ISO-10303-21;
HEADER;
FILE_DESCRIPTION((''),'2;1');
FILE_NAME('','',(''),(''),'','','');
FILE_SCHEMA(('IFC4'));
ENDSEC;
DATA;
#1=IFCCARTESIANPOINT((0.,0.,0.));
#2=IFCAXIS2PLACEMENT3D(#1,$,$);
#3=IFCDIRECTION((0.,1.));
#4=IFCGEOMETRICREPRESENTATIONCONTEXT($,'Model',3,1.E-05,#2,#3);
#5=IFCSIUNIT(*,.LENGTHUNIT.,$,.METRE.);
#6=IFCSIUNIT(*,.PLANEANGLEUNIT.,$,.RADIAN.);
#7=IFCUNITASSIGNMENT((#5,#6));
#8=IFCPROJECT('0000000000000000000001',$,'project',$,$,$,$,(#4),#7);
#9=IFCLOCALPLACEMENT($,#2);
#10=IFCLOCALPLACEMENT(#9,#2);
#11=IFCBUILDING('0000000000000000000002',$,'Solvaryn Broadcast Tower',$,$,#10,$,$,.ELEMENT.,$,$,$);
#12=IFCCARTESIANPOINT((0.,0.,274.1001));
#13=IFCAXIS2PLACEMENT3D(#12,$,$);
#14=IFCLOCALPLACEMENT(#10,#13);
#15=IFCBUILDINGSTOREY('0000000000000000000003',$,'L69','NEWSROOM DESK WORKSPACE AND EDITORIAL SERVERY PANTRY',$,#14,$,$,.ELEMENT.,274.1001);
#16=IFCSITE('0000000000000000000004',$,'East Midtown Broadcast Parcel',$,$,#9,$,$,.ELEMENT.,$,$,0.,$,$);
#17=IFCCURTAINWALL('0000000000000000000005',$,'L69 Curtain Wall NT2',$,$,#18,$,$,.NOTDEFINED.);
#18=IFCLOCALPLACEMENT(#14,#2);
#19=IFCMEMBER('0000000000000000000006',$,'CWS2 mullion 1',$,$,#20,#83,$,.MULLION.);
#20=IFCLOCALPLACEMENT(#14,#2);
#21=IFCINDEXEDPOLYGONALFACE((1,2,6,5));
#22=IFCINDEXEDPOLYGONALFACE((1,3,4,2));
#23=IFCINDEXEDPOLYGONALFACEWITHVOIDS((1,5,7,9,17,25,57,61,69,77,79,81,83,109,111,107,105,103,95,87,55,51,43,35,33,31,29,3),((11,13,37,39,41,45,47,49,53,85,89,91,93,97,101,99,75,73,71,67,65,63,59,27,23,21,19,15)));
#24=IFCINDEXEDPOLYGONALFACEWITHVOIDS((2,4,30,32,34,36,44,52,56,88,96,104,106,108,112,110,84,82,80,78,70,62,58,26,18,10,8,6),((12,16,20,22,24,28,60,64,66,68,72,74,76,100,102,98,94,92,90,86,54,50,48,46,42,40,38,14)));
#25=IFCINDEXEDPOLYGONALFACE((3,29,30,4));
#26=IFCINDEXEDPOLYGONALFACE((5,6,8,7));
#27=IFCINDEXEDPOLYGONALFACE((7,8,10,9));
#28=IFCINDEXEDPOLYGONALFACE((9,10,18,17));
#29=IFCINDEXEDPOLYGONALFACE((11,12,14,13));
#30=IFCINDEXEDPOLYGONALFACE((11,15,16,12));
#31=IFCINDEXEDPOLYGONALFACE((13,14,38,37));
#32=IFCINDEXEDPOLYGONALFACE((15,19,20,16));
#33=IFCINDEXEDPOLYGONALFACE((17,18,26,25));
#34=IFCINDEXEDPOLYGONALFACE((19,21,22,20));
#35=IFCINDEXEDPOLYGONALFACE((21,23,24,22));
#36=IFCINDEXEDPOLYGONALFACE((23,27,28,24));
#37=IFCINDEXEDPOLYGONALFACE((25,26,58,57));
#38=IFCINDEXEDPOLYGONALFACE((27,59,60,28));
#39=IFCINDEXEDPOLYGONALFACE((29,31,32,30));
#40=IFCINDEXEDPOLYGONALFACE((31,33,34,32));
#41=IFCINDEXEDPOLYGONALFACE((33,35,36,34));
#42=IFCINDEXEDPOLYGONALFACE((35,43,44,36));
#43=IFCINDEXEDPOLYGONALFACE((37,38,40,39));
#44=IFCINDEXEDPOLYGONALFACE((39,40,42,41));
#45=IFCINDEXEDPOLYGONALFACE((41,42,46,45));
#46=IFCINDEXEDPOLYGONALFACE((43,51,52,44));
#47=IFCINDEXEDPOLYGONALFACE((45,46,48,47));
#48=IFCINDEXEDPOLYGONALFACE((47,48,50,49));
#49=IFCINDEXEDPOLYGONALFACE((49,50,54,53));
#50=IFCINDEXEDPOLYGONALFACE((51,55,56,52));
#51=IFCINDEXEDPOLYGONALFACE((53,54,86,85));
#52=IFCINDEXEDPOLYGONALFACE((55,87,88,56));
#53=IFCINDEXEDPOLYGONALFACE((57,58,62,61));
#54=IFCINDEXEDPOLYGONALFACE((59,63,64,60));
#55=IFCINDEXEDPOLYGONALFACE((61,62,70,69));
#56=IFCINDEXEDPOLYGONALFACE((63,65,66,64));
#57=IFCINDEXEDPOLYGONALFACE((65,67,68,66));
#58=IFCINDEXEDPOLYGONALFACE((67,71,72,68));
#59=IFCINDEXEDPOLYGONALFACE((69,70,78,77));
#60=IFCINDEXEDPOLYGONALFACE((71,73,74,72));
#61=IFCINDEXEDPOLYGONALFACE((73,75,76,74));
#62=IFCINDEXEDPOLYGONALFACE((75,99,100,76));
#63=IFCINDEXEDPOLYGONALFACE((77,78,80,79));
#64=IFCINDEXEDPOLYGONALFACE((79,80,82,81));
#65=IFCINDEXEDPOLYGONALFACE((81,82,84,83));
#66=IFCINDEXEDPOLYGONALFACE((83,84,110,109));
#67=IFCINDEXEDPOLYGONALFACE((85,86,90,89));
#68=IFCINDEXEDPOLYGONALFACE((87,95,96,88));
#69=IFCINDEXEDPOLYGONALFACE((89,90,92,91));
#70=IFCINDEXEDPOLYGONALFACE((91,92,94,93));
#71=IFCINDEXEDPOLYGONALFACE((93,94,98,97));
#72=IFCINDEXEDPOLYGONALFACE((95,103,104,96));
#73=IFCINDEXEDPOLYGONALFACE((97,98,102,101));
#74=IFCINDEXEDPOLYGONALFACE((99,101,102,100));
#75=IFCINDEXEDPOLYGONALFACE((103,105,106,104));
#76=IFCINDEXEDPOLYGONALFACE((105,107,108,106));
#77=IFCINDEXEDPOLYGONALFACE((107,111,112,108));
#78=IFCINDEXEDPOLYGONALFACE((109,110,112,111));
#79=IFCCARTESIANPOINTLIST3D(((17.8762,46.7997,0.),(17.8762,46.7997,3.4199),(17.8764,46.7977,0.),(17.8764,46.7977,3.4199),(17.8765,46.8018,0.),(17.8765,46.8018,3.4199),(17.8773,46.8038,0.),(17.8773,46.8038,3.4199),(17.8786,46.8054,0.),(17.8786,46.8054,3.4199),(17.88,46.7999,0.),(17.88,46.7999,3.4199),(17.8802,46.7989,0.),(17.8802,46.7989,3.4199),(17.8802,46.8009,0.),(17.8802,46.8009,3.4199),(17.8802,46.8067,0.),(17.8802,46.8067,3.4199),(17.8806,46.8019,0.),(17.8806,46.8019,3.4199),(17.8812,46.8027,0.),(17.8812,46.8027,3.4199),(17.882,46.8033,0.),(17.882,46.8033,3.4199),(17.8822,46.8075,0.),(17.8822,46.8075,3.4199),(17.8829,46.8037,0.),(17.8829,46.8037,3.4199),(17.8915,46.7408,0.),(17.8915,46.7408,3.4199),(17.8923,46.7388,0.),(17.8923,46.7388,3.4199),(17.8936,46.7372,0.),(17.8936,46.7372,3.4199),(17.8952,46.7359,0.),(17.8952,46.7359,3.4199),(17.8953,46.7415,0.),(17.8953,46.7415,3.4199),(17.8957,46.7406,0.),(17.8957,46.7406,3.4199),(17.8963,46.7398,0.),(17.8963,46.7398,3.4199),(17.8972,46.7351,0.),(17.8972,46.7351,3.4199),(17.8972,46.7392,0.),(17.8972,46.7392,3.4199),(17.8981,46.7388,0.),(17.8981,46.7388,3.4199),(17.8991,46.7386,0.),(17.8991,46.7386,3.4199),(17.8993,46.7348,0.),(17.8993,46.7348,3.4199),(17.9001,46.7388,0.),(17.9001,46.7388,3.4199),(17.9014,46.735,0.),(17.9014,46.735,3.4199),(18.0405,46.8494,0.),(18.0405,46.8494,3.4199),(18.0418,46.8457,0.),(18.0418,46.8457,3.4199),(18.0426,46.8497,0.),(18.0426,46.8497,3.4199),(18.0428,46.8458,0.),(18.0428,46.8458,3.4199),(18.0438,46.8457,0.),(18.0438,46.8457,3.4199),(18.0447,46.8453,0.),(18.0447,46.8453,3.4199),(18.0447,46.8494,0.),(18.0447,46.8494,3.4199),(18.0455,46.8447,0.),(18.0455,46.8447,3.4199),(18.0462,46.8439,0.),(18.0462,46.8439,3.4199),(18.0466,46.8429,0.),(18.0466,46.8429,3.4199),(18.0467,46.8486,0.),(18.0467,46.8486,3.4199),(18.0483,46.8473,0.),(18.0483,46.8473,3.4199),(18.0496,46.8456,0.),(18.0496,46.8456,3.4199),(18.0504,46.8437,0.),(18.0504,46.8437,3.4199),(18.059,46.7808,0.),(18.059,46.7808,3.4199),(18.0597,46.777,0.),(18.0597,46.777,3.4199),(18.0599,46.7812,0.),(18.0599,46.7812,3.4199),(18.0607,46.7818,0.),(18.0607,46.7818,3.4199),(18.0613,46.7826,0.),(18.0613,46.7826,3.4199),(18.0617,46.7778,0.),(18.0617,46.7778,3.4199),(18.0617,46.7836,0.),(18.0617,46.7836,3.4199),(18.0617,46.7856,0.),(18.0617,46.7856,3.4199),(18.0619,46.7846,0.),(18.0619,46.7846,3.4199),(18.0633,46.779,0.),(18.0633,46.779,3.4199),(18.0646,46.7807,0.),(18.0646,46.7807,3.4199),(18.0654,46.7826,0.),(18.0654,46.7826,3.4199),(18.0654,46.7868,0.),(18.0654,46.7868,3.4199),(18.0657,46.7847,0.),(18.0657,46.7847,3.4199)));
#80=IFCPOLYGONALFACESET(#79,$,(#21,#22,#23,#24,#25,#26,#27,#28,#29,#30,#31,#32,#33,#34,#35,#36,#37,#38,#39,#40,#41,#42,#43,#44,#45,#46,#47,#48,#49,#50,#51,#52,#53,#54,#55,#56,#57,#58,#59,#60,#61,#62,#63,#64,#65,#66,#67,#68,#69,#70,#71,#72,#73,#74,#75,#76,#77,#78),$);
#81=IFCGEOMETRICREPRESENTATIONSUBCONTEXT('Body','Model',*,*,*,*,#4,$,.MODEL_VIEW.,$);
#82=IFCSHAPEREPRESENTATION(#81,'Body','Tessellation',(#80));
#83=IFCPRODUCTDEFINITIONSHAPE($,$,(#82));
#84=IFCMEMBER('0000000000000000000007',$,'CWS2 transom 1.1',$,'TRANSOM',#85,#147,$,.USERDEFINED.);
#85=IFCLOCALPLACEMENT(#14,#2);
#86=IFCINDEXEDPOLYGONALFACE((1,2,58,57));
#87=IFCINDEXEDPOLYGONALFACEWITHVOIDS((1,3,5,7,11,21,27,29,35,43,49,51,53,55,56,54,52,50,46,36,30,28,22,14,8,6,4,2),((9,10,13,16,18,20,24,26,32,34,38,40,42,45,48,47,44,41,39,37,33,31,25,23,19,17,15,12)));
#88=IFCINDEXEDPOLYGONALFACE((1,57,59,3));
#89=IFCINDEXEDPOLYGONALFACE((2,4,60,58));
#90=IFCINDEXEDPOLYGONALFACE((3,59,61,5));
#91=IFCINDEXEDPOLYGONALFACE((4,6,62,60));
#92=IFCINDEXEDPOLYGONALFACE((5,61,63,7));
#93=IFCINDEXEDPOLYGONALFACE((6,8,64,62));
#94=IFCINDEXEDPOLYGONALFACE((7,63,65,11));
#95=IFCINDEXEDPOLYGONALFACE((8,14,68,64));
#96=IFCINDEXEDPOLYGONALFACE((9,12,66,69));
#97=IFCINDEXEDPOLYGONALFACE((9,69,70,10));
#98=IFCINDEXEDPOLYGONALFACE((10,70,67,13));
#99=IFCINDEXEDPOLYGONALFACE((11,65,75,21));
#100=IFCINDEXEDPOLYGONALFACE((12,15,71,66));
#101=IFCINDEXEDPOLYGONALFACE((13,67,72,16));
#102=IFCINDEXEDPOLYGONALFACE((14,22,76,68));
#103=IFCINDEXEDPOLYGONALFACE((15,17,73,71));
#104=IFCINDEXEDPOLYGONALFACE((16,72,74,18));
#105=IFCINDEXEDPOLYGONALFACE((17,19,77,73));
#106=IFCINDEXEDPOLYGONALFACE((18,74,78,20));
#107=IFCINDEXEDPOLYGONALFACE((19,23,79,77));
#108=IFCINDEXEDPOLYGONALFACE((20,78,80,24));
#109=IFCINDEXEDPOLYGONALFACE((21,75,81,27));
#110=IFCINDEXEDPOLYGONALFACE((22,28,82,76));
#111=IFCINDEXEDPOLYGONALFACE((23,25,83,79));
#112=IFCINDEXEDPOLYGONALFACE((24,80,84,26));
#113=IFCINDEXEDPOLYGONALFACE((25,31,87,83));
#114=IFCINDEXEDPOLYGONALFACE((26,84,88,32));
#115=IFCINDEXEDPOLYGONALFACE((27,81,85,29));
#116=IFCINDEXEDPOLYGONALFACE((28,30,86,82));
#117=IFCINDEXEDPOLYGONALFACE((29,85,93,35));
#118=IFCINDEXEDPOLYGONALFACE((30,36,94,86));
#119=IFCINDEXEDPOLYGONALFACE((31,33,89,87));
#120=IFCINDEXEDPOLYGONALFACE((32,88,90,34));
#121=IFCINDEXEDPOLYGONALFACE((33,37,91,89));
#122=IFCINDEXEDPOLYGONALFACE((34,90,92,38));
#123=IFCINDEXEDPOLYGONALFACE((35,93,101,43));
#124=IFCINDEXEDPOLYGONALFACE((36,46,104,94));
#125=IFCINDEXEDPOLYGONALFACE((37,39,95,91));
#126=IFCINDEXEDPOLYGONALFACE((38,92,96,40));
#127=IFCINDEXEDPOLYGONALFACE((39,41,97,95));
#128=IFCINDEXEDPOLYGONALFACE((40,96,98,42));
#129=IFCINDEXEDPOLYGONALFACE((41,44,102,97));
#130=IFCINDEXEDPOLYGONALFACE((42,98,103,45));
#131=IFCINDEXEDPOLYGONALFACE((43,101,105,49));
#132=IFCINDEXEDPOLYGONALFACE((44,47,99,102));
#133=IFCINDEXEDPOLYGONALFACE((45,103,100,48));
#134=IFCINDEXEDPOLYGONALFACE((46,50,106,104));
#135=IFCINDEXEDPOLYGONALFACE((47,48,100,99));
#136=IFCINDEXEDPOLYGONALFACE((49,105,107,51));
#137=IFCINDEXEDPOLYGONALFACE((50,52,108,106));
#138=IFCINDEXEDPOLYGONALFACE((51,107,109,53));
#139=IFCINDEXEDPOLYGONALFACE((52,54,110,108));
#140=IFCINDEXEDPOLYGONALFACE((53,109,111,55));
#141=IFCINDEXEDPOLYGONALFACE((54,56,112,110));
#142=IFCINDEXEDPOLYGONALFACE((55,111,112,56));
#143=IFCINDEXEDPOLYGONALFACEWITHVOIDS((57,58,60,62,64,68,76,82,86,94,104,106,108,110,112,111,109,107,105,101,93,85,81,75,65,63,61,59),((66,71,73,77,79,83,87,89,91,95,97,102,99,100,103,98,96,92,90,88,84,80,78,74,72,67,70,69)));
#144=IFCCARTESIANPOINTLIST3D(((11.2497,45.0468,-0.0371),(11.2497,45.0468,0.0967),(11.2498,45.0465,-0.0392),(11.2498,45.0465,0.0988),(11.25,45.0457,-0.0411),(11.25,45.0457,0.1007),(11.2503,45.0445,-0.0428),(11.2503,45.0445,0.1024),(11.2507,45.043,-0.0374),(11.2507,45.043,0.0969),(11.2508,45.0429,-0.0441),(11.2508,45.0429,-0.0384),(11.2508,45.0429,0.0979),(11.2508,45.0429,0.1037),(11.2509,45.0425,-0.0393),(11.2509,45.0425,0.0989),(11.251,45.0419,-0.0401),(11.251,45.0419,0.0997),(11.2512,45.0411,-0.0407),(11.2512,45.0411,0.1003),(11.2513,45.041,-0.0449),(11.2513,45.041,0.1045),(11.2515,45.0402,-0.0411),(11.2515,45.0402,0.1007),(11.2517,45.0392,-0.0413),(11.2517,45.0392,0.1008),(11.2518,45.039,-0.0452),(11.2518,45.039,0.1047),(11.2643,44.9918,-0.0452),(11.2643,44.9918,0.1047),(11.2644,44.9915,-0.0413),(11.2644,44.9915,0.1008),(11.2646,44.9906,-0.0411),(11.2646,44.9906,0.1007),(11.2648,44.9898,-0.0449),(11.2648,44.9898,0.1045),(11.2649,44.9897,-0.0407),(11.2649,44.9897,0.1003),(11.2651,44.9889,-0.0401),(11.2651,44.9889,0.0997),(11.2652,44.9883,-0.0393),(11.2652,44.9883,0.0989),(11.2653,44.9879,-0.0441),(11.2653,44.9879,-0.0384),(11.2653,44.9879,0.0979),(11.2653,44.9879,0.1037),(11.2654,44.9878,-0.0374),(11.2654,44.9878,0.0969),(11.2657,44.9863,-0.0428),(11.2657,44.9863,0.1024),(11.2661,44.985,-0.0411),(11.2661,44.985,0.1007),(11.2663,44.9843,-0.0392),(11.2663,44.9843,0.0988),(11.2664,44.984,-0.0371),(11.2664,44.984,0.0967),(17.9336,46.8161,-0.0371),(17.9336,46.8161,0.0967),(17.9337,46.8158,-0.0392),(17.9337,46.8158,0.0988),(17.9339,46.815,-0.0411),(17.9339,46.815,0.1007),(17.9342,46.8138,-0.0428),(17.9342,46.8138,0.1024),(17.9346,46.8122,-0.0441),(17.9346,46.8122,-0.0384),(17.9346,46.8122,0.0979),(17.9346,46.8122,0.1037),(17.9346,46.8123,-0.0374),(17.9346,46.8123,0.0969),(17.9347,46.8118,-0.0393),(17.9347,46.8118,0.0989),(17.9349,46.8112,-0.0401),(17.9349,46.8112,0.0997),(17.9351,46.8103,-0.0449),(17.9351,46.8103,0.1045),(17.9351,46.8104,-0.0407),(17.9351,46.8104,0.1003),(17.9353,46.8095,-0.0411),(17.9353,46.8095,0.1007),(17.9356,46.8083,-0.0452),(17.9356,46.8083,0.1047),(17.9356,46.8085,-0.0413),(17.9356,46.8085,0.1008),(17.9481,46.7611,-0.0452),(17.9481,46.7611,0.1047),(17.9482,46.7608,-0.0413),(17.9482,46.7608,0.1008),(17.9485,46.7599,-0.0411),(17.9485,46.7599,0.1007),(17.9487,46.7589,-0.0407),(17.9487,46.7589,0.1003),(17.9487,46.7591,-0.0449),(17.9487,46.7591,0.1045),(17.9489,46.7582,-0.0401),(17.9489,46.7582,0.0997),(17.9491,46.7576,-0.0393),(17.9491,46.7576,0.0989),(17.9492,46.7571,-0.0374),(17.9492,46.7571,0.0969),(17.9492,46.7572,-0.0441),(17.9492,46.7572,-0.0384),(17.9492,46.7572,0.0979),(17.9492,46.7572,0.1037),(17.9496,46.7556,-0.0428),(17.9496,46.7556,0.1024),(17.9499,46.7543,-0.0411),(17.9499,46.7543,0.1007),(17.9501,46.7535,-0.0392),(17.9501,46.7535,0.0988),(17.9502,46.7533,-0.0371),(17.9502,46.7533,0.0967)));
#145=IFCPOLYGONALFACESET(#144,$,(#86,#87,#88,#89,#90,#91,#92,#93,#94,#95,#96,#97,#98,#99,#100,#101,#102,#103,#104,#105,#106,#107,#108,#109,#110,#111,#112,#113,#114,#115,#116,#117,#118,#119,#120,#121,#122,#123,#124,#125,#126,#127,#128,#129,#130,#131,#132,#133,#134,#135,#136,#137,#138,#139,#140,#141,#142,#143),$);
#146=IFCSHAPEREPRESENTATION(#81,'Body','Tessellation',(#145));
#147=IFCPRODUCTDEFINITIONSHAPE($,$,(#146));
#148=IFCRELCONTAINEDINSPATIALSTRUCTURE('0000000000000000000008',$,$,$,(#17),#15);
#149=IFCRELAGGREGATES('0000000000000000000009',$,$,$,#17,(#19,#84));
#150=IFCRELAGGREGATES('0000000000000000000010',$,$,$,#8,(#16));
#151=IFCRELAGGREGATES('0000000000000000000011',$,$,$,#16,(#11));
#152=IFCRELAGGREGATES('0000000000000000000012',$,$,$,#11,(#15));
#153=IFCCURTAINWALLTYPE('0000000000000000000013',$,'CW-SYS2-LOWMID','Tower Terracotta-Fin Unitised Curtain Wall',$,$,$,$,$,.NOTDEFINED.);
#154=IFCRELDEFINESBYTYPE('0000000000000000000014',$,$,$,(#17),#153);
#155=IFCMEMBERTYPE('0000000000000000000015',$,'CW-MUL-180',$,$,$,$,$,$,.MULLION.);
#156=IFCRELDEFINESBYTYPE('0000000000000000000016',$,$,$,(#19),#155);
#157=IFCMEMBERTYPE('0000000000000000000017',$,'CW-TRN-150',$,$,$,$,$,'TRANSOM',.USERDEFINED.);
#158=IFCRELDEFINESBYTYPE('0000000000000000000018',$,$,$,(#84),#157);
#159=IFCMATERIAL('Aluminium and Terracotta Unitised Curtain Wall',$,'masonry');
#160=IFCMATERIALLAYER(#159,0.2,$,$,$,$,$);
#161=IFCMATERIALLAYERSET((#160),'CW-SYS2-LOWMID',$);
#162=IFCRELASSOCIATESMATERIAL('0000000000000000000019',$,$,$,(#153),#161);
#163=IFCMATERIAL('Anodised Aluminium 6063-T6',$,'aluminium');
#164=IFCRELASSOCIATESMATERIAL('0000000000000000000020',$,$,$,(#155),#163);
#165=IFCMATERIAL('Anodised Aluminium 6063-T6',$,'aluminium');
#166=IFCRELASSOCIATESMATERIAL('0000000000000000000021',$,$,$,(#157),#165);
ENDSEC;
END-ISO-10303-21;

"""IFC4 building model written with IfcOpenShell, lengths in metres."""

from ifc_helpers import new_model, si_unit, direction, frame, origin, origin_2d, place, context, subcontext, project, spatial, hollow_rectangle, extrude, material, layer, layer_set, material_profile, profile_set, type_object, element, aggregate, save


model = new_model("IFC4")

# Units and contexts
model_context = context("Model", 3, precision=1e-05, world=origin(), true_north=direction((0.0, 1.0)))
body_context = subcontext(model_context, "Body", "Model", "MODEL_VIEW")
ifc_project = project(units=[si_unit("LENGTHUNIT", "METRE"), si_unit("PLANEANGLEUNIT", "RADIAN")], contexts=[model_context])

# Site, building, storey
site_placement = place(None, origin())
site = spatial("IfcSite", under=ifc_project, at=site_placement, Name="East Midtown Broadcast Parcel", CompositionType="ELEMENT", RefElevation=0.0)
building_placement = place(site_placement, origin())
building = spatial("IfcBuilding", under=site, at=building_placement, Name="Solvaryn Broadcast Tower", CompositionType="ELEMENT")
storey_placement = place(building_placement, frame((0.0, 0.0, 274.1001)))
storey = spatial("IfcBuildingStorey", under=building, at=storey_placement, Name="L69", Description="NEWSROOM DESK WORKSPACE AND EDITORIAL SERVERY PANTRY", CompositionType="ELEMENT", Elevation=274.1001)

# Shared definitions
ifc_material_1 = material(Name="Aluminium and Terracotta Unitised Curtain Wall", Category="masonry")
ifc_layer_1 = layer(ifc_material_1, 0.2)
ifc_layer_set_1 = layer_set([ifc_layer_1], Name="CW-SYS2-LOWMID")
curtain_wall_type = type_object("IfcCurtainWallType", Name="CW-SYS2-LOWMID", Description="Tower Terracotta-Fin Unitised Curtain Wall", PredefinedType="NOTDEFINED", material=ifc_layer_set_1)
ifc_material_2 = material(Name="Anodised Aluminium 6063-T6", Category="aluminium")
ifc_material_profile_1 = material_profile(ifc_material_2, hollow_rectangle(XDim=0.075, YDim=0.1799, WallThickness=0.0039, InnerFilletRadius=0.0039, OuterFilletRadius=0.0081, at=origin_2d()))
ifc_profile_set_1 = profile_set([ifc_material_profile_1], Name="Anodised Aluminium 6063-T6")
member_type_1 = type_object("IfcMemberType", Name="CW-MUL-180", PredefinedType="MULLION", material=ifc_profile_set_1)

# Curtain wall, members
curtain_wall_1_placement = place(storey_placement, origin())
curtain_wall_1 = element("IfcCurtainWall", 1, at=curtain_wall_1_placement, inside=storey, type_object=curtain_wall_type, Name="L69 Curtain Wall NT2", PredefinedType="NOTDEFINED")
member_1_placement = place(storey_placement, frame((17.9709, 46.7922, 0.0), z_axis=(0.0, 0.0, 1.0), x_axis=(0.255893, -0.966705, 0.0)))
member_1 = element("IfcMember", 2, at=member_1_placement, type_object=member_type_1, Name="CWS2 mullion 1", PredefinedType="MULLION", context=body_context, shape_type="SweptSolid", body=[
    extrude(hollow_rectangle(XDim=0.075, YDim=0.1799, WallThickness=0.0039, InnerFilletRadius=0.0039, OuterFilletRadius=0.0081, at=origin_2d()), origin(), (0.0, 0.0, 1.0), 3.4199),
])
ifc_material_3 = material(Name="Anodised Aluminium 6063-T6", Category="aluminium")
ifc_material_profile_2 = material_profile(ifc_material_3, hollow_rectangle(XDim=0.0649, YDim=0.1499, WallThickness=0.0039, InnerFilletRadius=0.0039, OuterFilletRadius=0.0081, at=origin_2d()))
ifc_profile_set_2 = profile_set([ifc_material_profile_2], Name="Anodised Aluminium 6063-T6")
member_type_2 = type_object("IfcMemberType", Name="CW-TRN-150", ElementType="TRANSOM", PredefinedType="USERDEFINED", material=ifc_profile_set_2)
member_2_placement = place(storey_placement, frame((17.9419, 46.7847, 0.0298), z_axis=(-0.966704, -0.255897, 0.0), x_axis=(0.255897, -0.966704, 0.0)))
member_2 = element("IfcMember", 3, at=member_2_placement, type_object=member_type_2, Name="CWS2 transom 1.1", ObjectType="TRANSOM", PredefinedType="USERDEFINED", context=body_context, shape_type="SweptSolid", body=[
    extrude(hollow_rectangle(XDim=0.0649, YDim=0.1499, WallThickness=0.0039, InnerFilletRadius=0.0039, OuterFilletRadius=0.0081, at=origin_2d()), origin(), (0.0, 0.0, 1.0), 6.9141),
])
aggregate(curtain_wall_1, [member_1, member_2])

save(model, "model.ifc")
